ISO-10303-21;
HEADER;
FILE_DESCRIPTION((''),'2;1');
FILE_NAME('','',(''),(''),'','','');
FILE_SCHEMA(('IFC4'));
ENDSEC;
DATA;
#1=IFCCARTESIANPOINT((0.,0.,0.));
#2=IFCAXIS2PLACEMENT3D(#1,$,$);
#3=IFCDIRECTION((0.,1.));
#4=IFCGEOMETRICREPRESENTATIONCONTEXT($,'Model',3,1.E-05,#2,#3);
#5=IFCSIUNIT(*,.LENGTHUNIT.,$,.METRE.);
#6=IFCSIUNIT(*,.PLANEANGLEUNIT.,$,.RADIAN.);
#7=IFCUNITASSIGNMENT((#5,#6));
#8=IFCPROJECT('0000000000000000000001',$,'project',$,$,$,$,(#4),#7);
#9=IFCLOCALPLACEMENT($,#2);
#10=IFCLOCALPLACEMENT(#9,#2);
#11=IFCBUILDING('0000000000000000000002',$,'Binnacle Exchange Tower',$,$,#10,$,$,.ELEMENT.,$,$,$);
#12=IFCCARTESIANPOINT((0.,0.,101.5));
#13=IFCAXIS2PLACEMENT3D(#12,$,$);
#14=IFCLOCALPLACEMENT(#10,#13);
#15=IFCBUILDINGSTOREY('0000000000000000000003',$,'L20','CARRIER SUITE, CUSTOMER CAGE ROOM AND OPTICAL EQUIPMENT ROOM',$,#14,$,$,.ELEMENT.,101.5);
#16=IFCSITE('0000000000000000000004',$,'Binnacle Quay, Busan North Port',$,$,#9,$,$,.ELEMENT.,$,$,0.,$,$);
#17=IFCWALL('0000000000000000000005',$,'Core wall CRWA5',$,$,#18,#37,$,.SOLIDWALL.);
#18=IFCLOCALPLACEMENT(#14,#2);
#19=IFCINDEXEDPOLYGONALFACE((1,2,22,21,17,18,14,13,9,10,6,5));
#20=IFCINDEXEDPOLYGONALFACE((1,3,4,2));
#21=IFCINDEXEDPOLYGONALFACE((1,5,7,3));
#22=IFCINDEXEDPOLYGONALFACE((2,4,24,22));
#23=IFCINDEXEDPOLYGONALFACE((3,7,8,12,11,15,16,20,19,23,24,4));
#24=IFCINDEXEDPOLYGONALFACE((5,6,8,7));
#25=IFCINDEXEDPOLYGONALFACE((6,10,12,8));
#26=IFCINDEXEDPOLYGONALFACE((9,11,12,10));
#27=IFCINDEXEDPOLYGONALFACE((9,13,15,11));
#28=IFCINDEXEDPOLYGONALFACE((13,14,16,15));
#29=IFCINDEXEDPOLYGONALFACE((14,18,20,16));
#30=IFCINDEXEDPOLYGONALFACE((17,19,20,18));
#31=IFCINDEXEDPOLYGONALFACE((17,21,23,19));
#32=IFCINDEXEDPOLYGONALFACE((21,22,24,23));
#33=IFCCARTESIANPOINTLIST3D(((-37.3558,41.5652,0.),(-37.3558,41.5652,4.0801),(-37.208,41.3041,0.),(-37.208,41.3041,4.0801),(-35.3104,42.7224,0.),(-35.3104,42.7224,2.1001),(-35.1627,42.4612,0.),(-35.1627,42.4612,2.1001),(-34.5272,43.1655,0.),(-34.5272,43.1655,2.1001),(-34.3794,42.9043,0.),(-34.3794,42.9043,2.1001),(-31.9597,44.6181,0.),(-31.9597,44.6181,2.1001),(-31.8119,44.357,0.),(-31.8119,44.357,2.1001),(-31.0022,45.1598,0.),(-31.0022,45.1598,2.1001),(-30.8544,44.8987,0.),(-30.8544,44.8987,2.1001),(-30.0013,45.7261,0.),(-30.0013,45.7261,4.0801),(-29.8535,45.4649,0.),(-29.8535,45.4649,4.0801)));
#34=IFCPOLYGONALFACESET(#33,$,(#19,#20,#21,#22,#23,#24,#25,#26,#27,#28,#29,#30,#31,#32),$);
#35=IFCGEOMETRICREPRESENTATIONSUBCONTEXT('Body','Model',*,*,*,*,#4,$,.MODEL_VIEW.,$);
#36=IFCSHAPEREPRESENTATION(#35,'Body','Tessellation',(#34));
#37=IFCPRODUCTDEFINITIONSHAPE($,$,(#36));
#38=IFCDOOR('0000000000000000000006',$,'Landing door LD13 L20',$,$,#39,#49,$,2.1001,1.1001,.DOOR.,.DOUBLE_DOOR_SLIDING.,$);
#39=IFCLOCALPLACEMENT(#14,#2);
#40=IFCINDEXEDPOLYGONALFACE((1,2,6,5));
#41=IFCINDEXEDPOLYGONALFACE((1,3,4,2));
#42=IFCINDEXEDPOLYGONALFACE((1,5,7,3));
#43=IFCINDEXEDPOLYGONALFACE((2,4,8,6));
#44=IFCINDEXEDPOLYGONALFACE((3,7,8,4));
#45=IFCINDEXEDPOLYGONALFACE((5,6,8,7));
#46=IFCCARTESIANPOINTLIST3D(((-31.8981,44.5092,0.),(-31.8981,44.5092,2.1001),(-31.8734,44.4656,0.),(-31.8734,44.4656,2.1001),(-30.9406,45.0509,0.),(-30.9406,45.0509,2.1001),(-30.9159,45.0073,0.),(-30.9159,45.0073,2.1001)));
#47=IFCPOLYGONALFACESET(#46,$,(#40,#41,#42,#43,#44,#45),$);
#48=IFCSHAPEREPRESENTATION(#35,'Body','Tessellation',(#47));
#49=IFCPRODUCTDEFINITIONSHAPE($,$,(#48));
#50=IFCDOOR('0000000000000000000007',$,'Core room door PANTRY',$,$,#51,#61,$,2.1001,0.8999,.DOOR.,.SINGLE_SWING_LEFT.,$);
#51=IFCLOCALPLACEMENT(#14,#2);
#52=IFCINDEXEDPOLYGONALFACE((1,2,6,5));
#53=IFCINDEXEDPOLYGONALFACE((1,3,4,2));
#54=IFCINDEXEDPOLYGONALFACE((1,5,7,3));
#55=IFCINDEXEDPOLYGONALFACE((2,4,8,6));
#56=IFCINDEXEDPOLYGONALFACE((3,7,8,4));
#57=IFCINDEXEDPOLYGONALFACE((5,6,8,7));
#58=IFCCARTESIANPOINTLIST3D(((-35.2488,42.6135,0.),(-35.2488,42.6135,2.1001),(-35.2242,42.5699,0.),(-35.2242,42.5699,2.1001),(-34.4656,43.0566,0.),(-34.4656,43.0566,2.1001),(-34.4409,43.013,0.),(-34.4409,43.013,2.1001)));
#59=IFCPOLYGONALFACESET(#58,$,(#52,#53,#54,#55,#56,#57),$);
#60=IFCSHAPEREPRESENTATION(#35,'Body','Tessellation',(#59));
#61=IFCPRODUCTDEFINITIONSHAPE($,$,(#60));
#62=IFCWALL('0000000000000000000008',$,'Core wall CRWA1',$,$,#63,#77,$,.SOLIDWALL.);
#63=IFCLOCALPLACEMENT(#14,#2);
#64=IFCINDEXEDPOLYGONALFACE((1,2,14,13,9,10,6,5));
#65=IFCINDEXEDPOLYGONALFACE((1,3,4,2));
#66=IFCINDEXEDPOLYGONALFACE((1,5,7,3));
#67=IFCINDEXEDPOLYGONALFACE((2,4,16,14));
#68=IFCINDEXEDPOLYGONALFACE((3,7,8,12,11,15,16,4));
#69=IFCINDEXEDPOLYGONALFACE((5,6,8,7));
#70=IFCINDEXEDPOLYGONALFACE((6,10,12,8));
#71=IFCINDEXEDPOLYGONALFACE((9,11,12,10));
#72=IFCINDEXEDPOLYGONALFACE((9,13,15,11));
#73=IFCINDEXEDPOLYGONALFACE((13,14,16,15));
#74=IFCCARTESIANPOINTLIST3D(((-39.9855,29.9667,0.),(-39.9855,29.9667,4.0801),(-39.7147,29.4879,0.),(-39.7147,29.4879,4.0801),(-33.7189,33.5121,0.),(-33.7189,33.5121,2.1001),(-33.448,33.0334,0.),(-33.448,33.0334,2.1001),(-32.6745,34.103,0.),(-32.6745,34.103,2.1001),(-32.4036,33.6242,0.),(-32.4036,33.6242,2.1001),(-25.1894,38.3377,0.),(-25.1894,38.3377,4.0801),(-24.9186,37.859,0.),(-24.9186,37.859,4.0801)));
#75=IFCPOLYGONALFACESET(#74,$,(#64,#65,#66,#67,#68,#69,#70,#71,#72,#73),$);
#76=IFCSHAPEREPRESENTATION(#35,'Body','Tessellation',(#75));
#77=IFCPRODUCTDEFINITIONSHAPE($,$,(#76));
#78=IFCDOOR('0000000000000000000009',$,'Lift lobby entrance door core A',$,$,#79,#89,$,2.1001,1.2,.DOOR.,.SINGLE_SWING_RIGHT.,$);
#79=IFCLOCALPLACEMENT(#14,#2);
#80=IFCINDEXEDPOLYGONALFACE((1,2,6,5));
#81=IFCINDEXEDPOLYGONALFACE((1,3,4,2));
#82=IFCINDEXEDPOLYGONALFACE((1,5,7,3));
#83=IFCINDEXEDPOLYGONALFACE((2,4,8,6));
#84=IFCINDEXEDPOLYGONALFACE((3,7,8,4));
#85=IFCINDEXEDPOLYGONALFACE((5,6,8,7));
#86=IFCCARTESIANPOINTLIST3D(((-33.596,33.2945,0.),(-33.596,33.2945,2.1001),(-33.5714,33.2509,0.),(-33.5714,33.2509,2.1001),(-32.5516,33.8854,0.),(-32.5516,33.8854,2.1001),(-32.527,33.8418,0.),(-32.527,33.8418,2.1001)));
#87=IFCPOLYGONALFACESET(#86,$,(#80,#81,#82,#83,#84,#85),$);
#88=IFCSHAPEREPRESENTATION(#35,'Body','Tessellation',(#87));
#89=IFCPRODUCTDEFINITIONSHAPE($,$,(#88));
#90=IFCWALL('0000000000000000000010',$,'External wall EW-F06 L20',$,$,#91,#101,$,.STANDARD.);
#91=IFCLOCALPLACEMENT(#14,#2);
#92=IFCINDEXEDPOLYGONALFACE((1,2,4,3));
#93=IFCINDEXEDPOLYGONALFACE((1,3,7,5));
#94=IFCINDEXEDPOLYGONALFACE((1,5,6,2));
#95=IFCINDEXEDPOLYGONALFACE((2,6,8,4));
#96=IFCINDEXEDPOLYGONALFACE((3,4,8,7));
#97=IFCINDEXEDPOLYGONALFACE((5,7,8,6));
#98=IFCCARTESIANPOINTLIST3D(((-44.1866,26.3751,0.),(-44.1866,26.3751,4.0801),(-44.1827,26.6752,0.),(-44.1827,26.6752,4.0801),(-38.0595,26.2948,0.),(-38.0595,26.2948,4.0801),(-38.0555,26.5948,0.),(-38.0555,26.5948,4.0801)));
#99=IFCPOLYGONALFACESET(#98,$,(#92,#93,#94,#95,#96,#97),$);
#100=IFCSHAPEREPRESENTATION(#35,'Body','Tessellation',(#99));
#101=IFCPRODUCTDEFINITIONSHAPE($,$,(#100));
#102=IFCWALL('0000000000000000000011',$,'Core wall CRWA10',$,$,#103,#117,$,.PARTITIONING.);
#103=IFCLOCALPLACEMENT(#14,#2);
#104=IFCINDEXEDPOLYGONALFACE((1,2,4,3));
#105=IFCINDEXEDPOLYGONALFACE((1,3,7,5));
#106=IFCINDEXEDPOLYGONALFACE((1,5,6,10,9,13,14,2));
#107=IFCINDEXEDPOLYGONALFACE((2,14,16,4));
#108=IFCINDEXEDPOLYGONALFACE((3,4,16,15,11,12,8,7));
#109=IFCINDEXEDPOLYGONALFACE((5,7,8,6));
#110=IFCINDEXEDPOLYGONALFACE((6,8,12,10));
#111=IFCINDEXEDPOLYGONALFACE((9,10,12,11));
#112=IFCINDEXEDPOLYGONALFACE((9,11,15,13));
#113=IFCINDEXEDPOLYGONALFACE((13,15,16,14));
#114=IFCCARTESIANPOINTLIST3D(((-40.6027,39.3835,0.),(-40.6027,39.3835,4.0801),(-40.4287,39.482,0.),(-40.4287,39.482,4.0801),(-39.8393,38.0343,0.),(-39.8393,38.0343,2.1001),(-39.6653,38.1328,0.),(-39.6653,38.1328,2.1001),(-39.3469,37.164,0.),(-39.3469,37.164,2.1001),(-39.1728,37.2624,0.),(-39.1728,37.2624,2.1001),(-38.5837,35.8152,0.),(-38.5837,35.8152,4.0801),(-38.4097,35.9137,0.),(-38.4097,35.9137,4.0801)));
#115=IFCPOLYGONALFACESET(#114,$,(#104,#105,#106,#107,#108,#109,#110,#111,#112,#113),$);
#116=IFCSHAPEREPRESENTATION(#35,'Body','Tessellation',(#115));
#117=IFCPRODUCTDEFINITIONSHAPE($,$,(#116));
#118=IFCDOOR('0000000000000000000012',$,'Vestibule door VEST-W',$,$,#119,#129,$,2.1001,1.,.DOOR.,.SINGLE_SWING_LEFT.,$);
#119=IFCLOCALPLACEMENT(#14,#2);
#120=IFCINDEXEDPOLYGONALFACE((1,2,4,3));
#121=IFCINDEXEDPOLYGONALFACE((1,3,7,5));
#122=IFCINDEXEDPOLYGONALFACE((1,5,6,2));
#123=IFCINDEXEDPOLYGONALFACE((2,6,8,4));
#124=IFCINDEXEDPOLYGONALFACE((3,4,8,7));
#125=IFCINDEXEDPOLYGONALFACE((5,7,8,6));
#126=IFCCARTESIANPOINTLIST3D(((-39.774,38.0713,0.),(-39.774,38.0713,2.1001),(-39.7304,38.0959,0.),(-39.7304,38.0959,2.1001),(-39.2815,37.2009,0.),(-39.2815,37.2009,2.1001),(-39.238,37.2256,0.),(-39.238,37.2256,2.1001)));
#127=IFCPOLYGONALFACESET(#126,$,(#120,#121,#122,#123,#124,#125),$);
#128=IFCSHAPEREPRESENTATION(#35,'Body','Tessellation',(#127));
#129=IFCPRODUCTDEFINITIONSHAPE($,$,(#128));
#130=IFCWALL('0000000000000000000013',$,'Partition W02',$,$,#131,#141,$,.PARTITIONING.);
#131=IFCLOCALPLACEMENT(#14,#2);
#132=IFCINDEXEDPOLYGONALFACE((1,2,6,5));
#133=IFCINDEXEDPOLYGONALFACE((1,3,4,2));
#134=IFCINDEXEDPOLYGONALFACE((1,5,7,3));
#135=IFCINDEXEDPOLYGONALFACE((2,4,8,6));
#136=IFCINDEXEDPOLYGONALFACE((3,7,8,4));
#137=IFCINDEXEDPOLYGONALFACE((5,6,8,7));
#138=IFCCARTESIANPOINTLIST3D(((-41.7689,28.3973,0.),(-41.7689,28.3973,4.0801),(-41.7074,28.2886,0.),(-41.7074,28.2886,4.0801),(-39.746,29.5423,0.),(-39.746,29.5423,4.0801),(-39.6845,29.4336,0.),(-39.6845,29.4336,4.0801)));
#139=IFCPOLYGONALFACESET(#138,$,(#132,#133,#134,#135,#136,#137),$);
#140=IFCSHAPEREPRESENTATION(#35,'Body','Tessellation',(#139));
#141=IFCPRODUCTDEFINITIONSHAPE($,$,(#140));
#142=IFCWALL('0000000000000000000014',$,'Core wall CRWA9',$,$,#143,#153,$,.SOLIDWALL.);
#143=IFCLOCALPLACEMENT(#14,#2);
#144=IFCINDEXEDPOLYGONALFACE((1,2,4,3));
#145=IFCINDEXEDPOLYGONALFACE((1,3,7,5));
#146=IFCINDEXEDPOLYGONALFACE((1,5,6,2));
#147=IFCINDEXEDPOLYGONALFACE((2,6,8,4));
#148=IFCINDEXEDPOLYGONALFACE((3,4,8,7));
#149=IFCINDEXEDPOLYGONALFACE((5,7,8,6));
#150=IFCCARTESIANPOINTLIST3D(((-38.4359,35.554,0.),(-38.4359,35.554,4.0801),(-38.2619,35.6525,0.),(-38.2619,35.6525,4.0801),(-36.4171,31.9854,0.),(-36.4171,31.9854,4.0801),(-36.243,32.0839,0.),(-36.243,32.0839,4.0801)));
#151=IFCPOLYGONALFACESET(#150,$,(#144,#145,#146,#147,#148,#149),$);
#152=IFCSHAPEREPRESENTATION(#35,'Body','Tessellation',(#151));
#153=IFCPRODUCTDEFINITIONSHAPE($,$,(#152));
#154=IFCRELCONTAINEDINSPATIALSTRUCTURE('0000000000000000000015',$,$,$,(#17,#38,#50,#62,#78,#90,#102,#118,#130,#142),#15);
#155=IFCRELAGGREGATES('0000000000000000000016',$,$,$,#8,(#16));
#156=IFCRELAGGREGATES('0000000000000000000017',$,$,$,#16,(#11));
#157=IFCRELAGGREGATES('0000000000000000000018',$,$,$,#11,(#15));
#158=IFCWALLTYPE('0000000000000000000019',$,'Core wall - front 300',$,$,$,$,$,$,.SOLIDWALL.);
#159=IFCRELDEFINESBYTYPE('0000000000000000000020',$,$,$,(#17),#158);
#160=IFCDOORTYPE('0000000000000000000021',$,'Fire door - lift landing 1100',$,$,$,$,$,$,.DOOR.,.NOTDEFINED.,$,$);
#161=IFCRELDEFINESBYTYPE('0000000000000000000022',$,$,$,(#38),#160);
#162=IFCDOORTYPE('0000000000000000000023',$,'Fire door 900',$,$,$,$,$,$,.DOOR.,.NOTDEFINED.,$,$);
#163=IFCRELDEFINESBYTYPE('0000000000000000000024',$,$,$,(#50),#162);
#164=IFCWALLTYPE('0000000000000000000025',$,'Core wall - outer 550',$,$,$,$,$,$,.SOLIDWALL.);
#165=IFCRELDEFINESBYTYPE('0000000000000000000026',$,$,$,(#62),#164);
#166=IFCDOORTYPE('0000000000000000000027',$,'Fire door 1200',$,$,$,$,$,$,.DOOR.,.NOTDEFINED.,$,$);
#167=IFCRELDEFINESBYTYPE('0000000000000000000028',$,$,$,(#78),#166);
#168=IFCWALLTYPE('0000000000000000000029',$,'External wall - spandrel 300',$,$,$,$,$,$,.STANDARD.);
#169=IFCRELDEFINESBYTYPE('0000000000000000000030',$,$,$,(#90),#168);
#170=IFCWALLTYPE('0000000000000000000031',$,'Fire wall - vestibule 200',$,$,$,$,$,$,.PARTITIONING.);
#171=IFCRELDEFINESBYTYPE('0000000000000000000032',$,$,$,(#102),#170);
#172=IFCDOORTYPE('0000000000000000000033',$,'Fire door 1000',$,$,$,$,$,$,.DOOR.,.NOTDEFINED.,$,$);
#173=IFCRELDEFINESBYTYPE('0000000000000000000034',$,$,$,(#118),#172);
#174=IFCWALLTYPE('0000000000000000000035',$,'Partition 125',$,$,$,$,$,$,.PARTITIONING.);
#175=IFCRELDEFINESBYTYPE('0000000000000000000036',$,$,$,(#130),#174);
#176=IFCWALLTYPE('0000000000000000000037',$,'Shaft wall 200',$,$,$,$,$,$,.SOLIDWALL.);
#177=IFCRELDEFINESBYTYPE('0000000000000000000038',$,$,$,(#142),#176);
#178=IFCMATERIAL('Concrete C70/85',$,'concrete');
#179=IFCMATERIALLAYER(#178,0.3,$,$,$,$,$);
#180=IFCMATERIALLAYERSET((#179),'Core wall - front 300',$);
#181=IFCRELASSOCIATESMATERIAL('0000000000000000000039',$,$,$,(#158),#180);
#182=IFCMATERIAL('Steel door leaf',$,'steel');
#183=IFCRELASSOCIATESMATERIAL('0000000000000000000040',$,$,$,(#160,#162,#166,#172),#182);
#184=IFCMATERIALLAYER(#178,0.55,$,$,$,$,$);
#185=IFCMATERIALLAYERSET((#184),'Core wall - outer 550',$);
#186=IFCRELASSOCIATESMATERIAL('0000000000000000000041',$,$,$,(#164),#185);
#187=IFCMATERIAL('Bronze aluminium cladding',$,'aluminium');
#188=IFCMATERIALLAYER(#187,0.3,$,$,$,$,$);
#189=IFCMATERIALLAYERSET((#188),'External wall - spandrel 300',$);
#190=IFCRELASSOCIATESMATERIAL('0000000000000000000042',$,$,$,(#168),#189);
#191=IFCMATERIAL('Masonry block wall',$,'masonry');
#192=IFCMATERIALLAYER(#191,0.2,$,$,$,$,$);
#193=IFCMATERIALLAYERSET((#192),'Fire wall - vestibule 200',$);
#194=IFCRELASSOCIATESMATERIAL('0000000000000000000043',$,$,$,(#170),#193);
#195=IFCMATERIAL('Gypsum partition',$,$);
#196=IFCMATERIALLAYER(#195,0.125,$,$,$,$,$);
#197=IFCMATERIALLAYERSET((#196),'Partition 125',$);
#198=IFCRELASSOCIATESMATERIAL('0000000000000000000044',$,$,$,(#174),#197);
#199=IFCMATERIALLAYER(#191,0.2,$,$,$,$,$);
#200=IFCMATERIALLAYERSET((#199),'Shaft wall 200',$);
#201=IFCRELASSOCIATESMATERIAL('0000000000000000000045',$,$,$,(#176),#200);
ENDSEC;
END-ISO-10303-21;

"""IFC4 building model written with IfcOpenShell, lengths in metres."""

from ifc_helpers import new_model, si_unit, direction, frame, frame_2d, origin, place, context, subcontext, project, spatial, rectangle, extrude, material, layer, layer_set, type_object, element, fill, save


model = new_model("IFC4")

# Units and contexts
model_context = context("Model", 3, precision=1e-05, world=origin(), true_north=direction((0.0, 1.0)))
body_context = subcontext(model_context, "Body", "Model", "MODEL_VIEW")
ifc_project = project(units=[si_unit("LENGTHUNIT", "METRE"), si_unit("PLANEANGLEUNIT", "RADIAN")], contexts=[model_context])

# Site, building, storey
site_placement = place(None, origin())
site = spatial("IfcSite", under=ifc_project, at=site_placement, Name="Binnacle Quay, Busan North Port", CompositionType="ELEMENT", RefElevation=0.0)
building_placement = place(site_placement, origin())
building = spatial("IfcBuilding", under=site, at=building_placement, Name="Binnacle Exchange Tower", CompositionType="ELEMENT")
storey_placement = place(building_placement, frame((0.0, 0.0, 101.5)))
storey = spatial("IfcBuildingStorey", under=building, at=storey_placement, Name="L20", Description="CARRIER SUITE, CUSTOMER CAGE ROOM AND OPTICAL EQUIPMENT ROOM", CompositionType="ELEMENT", Elevation=101.5)

# Shared definitions
ifc_material_1 = material(Name="Concrete C70/85", Category="concrete")

# Wall, openings, doors
ifc_layer_1 = layer(ifc_material_1, 0.3)
ifc_layer_set_1 = layer_set([ifc_layer_1], Name="Core wall - front 300")
wall_type_1 = type_object("IfcWallType", Name="Core wall - front 300", PredefinedType="SOLIDWALL", material=ifc_layer_set_1)
ifc_material_2 = material(Name="Steel door leaf", Category="steel")
door_type_1 = type_object("IfcDoorType", Name="Fire door - lift landing 1100", OperationType="NOTDEFINED", PredefinedType="DOOR", material=ifc_material_2)
wall_1_placement = place(storey_placement, frame((-37.282, 41.4346, 0.0), z_axis=(0.0, 0.0, 1.0), x_axis=(0.87036, 0.492416, 0.0)))
wall_1 = element("IfcWall", 1, at=wall_1_placement, inside=storey, type_object=wall_type_1, Name="Core wall CRWA5", PredefinedType="SOLIDWALL", context=body_context, shape_type="SweptSolid", body=[
    extrude(rectangle(XDim=8.45, YDim=0.3, at=frame_2d((4.2251, 0.0))), origin(), (0.0, 0.0, 1.0), 4.0801),
])
opening_1_placement = place(wall_1_placement, frame((6.2, 0.0, 0.0)))
opening_1 = element("IfcOpeningElement", 2, at=opening_1_placement, cuts=wall_1, PredefinedType="OPENING", context=body_context, shape_type="SweptSolid", body=[
    extrude(rectangle(XDim=1.1001, YDim=2.1001, at=frame_2d((0.55, 1.05))), frame((0.0, 0.1599, 0.0), z_axis=(0.0, -1.0, 0.0), x_axis=(1.0, 0.0, 0.0)), (0.0, 0.0, 1.0), 0.3201),
])
opening_2_placement = place(wall_1_placement, frame((2.3501, 0.0, 0.0)))
opening_2 = element("IfcOpeningElement", 3, at=opening_2_placement, cuts=wall_1, PredefinedType="OPENING", context=body_context, shape_type="SweptSolid", body=[
    extrude(rectangle(XDim=0.8999, YDim=2.1001, at=frame_2d((0.45, 1.05))), frame((0.0, 0.1599, 0.0), z_axis=(0.0, -1.0, 0.0), x_axis=(1.0, 0.0, 0.0)), (0.0, 0.0, 1.0), 0.3201),
])
door_1_placement = place(opening_1_placement, origin())
door_1 = element("IfcDoor", 4, at=door_1_placement, inside=storey, type_object=door_type_1, Name="Landing door LD13 L20", OperationType="DOUBLE_DOOR_SLIDING", OverallHeight=2.1001, OverallWidth=1.1001, PredefinedType="DOOR", context=body_context, shape_type="SweptSolid", body=[
    extrude(rectangle(XDim=1.1001, YDim=2.1001, at=frame_2d((0.55, 1.05))), frame((0.0, 0.0249, 0.0), z_axis=(0.0, -1.0, 0.0), x_axis=(1.0, 0.0, 0.0)), (0.0, 0.0, 1.0), 0.05),
])
fill(opening_1, door_1)
door_type_2 = type_object("IfcDoorType", Name="Fire door 900", OperationType="NOTDEFINED", PredefinedType="DOOR", material=ifc_material_2)
door_2_placement = place(opening_2_placement, origin())
door_2 = element("IfcDoor", 5, at=door_2_placement, inside=storey, type_object=door_type_2, Name="Core room door PANTRY", OperationType="SINGLE_SWING_LEFT", OverallHeight=2.1001, OverallWidth=0.8999, PredefinedType="DOOR", context=body_context, shape_type="SweptSolid", body=[
    extrude(rectangle(XDim=0.8999, YDim=2.1001, at=frame_2d((0.45, 1.05))), frame((0.0, 0.0249, 0.0), z_axis=(0.0, -1.0, 0.0), x_axis=(1.0, 0.0, 0.0)), (0.0, 0.0, 1.0), 0.05),
])
fill(opening_2, door_2)

# Wall, opening, door
ifc_layer_2 = layer(ifc_material_1, 0.55)
ifc_layer_set_2 = layer_set([ifc_layer_2], Name="Core wall - outer 550")
wall_type_2 = type_object("IfcWallType", Name="Core wall - outer 550", PredefinedType="SOLIDWALL", material=ifc_layer_set_2)
wall_2_placement = place(storey_placement, frame((-39.8501, 29.7273, 0.0), z_axis=(0.0, 0.0, 1.0), x_axis=(0.87036, 0.492416, 0.0)))
wall_2 = element("IfcWall", 6, at=wall_2_placement, inside=storey, type_object=wall_type_2, Name="Core wall CRWA1", PredefinedType="SOLIDWALL", context=body_context, shape_type="SweptSolid", body=[
    extrude(rectangle(XDim=17.0, YDim=0.55, at=frame_2d((8.5, 0.0))), origin(), (0.0, 0.0, 1.0), 4.0801),
])
opening_3_placement = place(wall_2_placement, frame((7.2, 0.0, 0.0)))
opening_3 = element("IfcOpeningElement", 7, at=opening_3_placement, cuts=wall_2, PredefinedType="OPENING", context=body_context, shape_type="SweptSolid", body=[
    extrude(rectangle(XDim=1.2, YDim=2.1001, at=frame_2d((0.6001, 1.05))), frame((0.0, 0.2849, 0.0), z_axis=(0.0, -1.0, 0.0), x_axis=(1.0, 0.0, 0.0)), (0.0, 0.0, 1.0), 0.5701),
])
door_type_3 = type_object("IfcDoorType", Name="Fire door 1200", OperationType="NOTDEFINED", PredefinedType="DOOR", material=ifc_material_2)
door_3_placement = place(opening_3_placement, frame((1.2, 0.0, 0.0), z_axis=(0.0, 0.0, 1.0), x_axis=(-1.0, 0.0, 0.0)))
door_3 = element("IfcDoor", 8, at=door_3_placement, inside=storey, type_object=door_type_3, Name="Lift lobby entrance door core A", OperationType="SINGLE_SWING_RIGHT", OverallHeight=2.1001, OverallWidth=1.2, PredefinedType="DOOR", context=body_context, shape_type="SweptSolid", body=[
    extrude(rectangle(XDim=1.2, YDim=2.1001, at=frame_2d((0.6001, 1.05))), frame((0.0, 0.0249, 0.0), z_axis=(0.0, -1.0, 0.0), x_axis=(1.0, 0.0, 0.0)), (0.0, 0.0, 1.0), 0.05),
])
fill(opening_3, door_3)

# Wall
ifc_material_3 = material(Name="Bronze aluminium cladding", Category="aluminium")
ifc_layer_3 = layer(ifc_material_3, 0.3)
ifc_layer_set_3 = layer_set([ifc_layer_3], Name="External wall - spandrel 300")
wall_type_3 = type_object("IfcWallType", Name="External wall - spandrel 300", PredefinedType="STANDARD", material=ifc_layer_set_3)
wall_3_placement = place(storey_placement, frame((-38.0574, 26.4448, 0.0), z_axis=(0.0, 0.0, 1.0), x_axis=(-0.999914, 0.013108, 0.0)))
element("IfcWall", 9, at=wall_3_placement, inside=storey, type_object=wall_type_3, Name="External wall EW-F06 L20", PredefinedType="STANDARD", context=body_context, shape_type="SweptSolid", body=[
    extrude(rectangle(XDim=6.1277, YDim=0.3, at=frame_2d((3.064, 0.0))), origin(), (0.0, 0.0, 1.0), 4.0801),
])

# Wall, opening, door
ifc_material_4 = material(Name="Masonry block wall", Category="masonry")
ifc_layer_4 = layer(ifc_material_4, 0.2)
ifc_layer_set_4 = layer_set([ifc_layer_4], Name="Fire wall - vestibule 200")
wall_type_4 = type_object("IfcWallType", Name="Fire wall - vestibule 200", PredefinedType="PARTITIONING", material=ifc_layer_set_4)
wall_4_placement = place(storey_placement, frame((-40.5156, 39.4326, 0.0), z_axis=(0.0, 0.0, 1.0), x_axis=(0.492454, -0.870339, 0.0)))
wall_4 = element("IfcWall", 10, at=wall_4_placement, inside=storey, type_object=wall_type_4, Name="Core wall CRWA10", PredefinedType="PARTITIONING", context=body_context, shape_type="SweptSolid", body=[
    extrude(rectangle(XDim=4.0999, YDim=0.2, at=frame_2d((2.0498, 0.0))), origin(), (0.0, 0.0, 1.0), 4.0801),
])
opening_4_placement = place(wall_4_placement, frame((1.55, 0.0, 0.0)))
opening_4 = element("IfcOpeningElement", 11, at=opening_4_placement, cuts=wall_4, PredefinedType="OPENING", context=body_context, shape_type="SweptSolid", body=[
    extrude(rectangle(XDim=1.0, YDim=2.1001, at=frame_2d((0.5, 1.05))), frame((0.0, 0.1099, 0.0), z_axis=(0.0, -1.0, 0.0), x_axis=(1.0, 0.0, 0.0)), (0.0, 0.0, 1.0), 0.22),
])
door_type_4 = type_object("IfcDoorType", Name="Fire door 1000", OperationType="NOTDEFINED", PredefinedType="DOOR", material=ifc_material_2)
door_4_placement = place(opening_4_placement, frame((1.0, 0.0, 0.0), z_axis=(0.0, 0.0, 1.0), x_axis=(-1.0, 0.0, 0.0)))
door_4 = element("IfcDoor", 12, at=door_4_placement, inside=storey, type_object=door_type_4, Name="Vestibule door VEST-W", OperationType="SINGLE_SWING_LEFT", OverallHeight=2.1001, OverallWidth=1.0, PredefinedType="DOOR", context=body_context, shape_type="SweptSolid", body=[
    extrude(rectangle(XDim=1.0, YDim=2.1001, at=frame_2d((0.5, 1.05))), frame((0.0, 0.0249, 0.0), z_axis=(0.0, -1.0, 0.0), x_axis=(1.0, 0.0, 0.0)), (0.0, 0.0, 1.0), 0.05),
])
fill(opening_4, door_4)

# Walls
ifc_material_5 = material(Name="Gypsum partition")
ifc_layer_5 = layer(ifc_material_5, 0.125)
ifc_layer_set_5 = layer_set([ifc_layer_5], Name="Partition 125")
wall_type_5 = type_object("IfcWallType", Name="Partition 125", PredefinedType="PARTITIONING", material=ifc_layer_set_5)
wall_5_placement = place(storey_placement, frame((-41.738, 28.343, 0.0), z_axis=(0.0, 0.0, 1.0), x_axis=(0.870265, 0.492583, 0.0)))
element("IfcWall", 13, at=wall_5_placement, inside=storey, type_object=wall_type_5, Name="Partition W02", PredefinedType="PARTITIONING", context=body_context, shape_type="SweptSolid", body=[
    extrude(rectangle(XDim=2.3245, YDim=0.125, at=frame_2d((1.1621, 0.0))), origin(), (0.0, 0.0, 1.0), 4.0801),
])
ifc_layer_6 = layer(ifc_material_4, 0.2)
ifc_layer_set_6 = layer_set([ifc_layer_6], Name="Shaft wall 200")
wall_type_6 = type_object("IfcWallType", Name="Shaft wall 200", PredefinedType="SOLIDWALL", material=ifc_layer_set_6)
wall_6_placement = place(storey_placement, frame((-38.3489, 35.6033, 0.0), z_axis=(0.0, 0.0, 1.0), x_axis=(0.492383, -0.870379, 0.0)))
element("IfcWall", 14, at=wall_6_placement, inside=storey, type_object=wall_type_6, Name="Core wall CRWA9", PredefinedType="SOLIDWALL", context=body_context, shape_type="SweptSolid", body=[
    extrude(rectangle(XDim=4.1001, YDim=0.2, at=frame_2d((2.05, 0.0))), origin(), (0.0, 0.0, 1.0), 4.0801),
])

save(model, "model.ifc")
